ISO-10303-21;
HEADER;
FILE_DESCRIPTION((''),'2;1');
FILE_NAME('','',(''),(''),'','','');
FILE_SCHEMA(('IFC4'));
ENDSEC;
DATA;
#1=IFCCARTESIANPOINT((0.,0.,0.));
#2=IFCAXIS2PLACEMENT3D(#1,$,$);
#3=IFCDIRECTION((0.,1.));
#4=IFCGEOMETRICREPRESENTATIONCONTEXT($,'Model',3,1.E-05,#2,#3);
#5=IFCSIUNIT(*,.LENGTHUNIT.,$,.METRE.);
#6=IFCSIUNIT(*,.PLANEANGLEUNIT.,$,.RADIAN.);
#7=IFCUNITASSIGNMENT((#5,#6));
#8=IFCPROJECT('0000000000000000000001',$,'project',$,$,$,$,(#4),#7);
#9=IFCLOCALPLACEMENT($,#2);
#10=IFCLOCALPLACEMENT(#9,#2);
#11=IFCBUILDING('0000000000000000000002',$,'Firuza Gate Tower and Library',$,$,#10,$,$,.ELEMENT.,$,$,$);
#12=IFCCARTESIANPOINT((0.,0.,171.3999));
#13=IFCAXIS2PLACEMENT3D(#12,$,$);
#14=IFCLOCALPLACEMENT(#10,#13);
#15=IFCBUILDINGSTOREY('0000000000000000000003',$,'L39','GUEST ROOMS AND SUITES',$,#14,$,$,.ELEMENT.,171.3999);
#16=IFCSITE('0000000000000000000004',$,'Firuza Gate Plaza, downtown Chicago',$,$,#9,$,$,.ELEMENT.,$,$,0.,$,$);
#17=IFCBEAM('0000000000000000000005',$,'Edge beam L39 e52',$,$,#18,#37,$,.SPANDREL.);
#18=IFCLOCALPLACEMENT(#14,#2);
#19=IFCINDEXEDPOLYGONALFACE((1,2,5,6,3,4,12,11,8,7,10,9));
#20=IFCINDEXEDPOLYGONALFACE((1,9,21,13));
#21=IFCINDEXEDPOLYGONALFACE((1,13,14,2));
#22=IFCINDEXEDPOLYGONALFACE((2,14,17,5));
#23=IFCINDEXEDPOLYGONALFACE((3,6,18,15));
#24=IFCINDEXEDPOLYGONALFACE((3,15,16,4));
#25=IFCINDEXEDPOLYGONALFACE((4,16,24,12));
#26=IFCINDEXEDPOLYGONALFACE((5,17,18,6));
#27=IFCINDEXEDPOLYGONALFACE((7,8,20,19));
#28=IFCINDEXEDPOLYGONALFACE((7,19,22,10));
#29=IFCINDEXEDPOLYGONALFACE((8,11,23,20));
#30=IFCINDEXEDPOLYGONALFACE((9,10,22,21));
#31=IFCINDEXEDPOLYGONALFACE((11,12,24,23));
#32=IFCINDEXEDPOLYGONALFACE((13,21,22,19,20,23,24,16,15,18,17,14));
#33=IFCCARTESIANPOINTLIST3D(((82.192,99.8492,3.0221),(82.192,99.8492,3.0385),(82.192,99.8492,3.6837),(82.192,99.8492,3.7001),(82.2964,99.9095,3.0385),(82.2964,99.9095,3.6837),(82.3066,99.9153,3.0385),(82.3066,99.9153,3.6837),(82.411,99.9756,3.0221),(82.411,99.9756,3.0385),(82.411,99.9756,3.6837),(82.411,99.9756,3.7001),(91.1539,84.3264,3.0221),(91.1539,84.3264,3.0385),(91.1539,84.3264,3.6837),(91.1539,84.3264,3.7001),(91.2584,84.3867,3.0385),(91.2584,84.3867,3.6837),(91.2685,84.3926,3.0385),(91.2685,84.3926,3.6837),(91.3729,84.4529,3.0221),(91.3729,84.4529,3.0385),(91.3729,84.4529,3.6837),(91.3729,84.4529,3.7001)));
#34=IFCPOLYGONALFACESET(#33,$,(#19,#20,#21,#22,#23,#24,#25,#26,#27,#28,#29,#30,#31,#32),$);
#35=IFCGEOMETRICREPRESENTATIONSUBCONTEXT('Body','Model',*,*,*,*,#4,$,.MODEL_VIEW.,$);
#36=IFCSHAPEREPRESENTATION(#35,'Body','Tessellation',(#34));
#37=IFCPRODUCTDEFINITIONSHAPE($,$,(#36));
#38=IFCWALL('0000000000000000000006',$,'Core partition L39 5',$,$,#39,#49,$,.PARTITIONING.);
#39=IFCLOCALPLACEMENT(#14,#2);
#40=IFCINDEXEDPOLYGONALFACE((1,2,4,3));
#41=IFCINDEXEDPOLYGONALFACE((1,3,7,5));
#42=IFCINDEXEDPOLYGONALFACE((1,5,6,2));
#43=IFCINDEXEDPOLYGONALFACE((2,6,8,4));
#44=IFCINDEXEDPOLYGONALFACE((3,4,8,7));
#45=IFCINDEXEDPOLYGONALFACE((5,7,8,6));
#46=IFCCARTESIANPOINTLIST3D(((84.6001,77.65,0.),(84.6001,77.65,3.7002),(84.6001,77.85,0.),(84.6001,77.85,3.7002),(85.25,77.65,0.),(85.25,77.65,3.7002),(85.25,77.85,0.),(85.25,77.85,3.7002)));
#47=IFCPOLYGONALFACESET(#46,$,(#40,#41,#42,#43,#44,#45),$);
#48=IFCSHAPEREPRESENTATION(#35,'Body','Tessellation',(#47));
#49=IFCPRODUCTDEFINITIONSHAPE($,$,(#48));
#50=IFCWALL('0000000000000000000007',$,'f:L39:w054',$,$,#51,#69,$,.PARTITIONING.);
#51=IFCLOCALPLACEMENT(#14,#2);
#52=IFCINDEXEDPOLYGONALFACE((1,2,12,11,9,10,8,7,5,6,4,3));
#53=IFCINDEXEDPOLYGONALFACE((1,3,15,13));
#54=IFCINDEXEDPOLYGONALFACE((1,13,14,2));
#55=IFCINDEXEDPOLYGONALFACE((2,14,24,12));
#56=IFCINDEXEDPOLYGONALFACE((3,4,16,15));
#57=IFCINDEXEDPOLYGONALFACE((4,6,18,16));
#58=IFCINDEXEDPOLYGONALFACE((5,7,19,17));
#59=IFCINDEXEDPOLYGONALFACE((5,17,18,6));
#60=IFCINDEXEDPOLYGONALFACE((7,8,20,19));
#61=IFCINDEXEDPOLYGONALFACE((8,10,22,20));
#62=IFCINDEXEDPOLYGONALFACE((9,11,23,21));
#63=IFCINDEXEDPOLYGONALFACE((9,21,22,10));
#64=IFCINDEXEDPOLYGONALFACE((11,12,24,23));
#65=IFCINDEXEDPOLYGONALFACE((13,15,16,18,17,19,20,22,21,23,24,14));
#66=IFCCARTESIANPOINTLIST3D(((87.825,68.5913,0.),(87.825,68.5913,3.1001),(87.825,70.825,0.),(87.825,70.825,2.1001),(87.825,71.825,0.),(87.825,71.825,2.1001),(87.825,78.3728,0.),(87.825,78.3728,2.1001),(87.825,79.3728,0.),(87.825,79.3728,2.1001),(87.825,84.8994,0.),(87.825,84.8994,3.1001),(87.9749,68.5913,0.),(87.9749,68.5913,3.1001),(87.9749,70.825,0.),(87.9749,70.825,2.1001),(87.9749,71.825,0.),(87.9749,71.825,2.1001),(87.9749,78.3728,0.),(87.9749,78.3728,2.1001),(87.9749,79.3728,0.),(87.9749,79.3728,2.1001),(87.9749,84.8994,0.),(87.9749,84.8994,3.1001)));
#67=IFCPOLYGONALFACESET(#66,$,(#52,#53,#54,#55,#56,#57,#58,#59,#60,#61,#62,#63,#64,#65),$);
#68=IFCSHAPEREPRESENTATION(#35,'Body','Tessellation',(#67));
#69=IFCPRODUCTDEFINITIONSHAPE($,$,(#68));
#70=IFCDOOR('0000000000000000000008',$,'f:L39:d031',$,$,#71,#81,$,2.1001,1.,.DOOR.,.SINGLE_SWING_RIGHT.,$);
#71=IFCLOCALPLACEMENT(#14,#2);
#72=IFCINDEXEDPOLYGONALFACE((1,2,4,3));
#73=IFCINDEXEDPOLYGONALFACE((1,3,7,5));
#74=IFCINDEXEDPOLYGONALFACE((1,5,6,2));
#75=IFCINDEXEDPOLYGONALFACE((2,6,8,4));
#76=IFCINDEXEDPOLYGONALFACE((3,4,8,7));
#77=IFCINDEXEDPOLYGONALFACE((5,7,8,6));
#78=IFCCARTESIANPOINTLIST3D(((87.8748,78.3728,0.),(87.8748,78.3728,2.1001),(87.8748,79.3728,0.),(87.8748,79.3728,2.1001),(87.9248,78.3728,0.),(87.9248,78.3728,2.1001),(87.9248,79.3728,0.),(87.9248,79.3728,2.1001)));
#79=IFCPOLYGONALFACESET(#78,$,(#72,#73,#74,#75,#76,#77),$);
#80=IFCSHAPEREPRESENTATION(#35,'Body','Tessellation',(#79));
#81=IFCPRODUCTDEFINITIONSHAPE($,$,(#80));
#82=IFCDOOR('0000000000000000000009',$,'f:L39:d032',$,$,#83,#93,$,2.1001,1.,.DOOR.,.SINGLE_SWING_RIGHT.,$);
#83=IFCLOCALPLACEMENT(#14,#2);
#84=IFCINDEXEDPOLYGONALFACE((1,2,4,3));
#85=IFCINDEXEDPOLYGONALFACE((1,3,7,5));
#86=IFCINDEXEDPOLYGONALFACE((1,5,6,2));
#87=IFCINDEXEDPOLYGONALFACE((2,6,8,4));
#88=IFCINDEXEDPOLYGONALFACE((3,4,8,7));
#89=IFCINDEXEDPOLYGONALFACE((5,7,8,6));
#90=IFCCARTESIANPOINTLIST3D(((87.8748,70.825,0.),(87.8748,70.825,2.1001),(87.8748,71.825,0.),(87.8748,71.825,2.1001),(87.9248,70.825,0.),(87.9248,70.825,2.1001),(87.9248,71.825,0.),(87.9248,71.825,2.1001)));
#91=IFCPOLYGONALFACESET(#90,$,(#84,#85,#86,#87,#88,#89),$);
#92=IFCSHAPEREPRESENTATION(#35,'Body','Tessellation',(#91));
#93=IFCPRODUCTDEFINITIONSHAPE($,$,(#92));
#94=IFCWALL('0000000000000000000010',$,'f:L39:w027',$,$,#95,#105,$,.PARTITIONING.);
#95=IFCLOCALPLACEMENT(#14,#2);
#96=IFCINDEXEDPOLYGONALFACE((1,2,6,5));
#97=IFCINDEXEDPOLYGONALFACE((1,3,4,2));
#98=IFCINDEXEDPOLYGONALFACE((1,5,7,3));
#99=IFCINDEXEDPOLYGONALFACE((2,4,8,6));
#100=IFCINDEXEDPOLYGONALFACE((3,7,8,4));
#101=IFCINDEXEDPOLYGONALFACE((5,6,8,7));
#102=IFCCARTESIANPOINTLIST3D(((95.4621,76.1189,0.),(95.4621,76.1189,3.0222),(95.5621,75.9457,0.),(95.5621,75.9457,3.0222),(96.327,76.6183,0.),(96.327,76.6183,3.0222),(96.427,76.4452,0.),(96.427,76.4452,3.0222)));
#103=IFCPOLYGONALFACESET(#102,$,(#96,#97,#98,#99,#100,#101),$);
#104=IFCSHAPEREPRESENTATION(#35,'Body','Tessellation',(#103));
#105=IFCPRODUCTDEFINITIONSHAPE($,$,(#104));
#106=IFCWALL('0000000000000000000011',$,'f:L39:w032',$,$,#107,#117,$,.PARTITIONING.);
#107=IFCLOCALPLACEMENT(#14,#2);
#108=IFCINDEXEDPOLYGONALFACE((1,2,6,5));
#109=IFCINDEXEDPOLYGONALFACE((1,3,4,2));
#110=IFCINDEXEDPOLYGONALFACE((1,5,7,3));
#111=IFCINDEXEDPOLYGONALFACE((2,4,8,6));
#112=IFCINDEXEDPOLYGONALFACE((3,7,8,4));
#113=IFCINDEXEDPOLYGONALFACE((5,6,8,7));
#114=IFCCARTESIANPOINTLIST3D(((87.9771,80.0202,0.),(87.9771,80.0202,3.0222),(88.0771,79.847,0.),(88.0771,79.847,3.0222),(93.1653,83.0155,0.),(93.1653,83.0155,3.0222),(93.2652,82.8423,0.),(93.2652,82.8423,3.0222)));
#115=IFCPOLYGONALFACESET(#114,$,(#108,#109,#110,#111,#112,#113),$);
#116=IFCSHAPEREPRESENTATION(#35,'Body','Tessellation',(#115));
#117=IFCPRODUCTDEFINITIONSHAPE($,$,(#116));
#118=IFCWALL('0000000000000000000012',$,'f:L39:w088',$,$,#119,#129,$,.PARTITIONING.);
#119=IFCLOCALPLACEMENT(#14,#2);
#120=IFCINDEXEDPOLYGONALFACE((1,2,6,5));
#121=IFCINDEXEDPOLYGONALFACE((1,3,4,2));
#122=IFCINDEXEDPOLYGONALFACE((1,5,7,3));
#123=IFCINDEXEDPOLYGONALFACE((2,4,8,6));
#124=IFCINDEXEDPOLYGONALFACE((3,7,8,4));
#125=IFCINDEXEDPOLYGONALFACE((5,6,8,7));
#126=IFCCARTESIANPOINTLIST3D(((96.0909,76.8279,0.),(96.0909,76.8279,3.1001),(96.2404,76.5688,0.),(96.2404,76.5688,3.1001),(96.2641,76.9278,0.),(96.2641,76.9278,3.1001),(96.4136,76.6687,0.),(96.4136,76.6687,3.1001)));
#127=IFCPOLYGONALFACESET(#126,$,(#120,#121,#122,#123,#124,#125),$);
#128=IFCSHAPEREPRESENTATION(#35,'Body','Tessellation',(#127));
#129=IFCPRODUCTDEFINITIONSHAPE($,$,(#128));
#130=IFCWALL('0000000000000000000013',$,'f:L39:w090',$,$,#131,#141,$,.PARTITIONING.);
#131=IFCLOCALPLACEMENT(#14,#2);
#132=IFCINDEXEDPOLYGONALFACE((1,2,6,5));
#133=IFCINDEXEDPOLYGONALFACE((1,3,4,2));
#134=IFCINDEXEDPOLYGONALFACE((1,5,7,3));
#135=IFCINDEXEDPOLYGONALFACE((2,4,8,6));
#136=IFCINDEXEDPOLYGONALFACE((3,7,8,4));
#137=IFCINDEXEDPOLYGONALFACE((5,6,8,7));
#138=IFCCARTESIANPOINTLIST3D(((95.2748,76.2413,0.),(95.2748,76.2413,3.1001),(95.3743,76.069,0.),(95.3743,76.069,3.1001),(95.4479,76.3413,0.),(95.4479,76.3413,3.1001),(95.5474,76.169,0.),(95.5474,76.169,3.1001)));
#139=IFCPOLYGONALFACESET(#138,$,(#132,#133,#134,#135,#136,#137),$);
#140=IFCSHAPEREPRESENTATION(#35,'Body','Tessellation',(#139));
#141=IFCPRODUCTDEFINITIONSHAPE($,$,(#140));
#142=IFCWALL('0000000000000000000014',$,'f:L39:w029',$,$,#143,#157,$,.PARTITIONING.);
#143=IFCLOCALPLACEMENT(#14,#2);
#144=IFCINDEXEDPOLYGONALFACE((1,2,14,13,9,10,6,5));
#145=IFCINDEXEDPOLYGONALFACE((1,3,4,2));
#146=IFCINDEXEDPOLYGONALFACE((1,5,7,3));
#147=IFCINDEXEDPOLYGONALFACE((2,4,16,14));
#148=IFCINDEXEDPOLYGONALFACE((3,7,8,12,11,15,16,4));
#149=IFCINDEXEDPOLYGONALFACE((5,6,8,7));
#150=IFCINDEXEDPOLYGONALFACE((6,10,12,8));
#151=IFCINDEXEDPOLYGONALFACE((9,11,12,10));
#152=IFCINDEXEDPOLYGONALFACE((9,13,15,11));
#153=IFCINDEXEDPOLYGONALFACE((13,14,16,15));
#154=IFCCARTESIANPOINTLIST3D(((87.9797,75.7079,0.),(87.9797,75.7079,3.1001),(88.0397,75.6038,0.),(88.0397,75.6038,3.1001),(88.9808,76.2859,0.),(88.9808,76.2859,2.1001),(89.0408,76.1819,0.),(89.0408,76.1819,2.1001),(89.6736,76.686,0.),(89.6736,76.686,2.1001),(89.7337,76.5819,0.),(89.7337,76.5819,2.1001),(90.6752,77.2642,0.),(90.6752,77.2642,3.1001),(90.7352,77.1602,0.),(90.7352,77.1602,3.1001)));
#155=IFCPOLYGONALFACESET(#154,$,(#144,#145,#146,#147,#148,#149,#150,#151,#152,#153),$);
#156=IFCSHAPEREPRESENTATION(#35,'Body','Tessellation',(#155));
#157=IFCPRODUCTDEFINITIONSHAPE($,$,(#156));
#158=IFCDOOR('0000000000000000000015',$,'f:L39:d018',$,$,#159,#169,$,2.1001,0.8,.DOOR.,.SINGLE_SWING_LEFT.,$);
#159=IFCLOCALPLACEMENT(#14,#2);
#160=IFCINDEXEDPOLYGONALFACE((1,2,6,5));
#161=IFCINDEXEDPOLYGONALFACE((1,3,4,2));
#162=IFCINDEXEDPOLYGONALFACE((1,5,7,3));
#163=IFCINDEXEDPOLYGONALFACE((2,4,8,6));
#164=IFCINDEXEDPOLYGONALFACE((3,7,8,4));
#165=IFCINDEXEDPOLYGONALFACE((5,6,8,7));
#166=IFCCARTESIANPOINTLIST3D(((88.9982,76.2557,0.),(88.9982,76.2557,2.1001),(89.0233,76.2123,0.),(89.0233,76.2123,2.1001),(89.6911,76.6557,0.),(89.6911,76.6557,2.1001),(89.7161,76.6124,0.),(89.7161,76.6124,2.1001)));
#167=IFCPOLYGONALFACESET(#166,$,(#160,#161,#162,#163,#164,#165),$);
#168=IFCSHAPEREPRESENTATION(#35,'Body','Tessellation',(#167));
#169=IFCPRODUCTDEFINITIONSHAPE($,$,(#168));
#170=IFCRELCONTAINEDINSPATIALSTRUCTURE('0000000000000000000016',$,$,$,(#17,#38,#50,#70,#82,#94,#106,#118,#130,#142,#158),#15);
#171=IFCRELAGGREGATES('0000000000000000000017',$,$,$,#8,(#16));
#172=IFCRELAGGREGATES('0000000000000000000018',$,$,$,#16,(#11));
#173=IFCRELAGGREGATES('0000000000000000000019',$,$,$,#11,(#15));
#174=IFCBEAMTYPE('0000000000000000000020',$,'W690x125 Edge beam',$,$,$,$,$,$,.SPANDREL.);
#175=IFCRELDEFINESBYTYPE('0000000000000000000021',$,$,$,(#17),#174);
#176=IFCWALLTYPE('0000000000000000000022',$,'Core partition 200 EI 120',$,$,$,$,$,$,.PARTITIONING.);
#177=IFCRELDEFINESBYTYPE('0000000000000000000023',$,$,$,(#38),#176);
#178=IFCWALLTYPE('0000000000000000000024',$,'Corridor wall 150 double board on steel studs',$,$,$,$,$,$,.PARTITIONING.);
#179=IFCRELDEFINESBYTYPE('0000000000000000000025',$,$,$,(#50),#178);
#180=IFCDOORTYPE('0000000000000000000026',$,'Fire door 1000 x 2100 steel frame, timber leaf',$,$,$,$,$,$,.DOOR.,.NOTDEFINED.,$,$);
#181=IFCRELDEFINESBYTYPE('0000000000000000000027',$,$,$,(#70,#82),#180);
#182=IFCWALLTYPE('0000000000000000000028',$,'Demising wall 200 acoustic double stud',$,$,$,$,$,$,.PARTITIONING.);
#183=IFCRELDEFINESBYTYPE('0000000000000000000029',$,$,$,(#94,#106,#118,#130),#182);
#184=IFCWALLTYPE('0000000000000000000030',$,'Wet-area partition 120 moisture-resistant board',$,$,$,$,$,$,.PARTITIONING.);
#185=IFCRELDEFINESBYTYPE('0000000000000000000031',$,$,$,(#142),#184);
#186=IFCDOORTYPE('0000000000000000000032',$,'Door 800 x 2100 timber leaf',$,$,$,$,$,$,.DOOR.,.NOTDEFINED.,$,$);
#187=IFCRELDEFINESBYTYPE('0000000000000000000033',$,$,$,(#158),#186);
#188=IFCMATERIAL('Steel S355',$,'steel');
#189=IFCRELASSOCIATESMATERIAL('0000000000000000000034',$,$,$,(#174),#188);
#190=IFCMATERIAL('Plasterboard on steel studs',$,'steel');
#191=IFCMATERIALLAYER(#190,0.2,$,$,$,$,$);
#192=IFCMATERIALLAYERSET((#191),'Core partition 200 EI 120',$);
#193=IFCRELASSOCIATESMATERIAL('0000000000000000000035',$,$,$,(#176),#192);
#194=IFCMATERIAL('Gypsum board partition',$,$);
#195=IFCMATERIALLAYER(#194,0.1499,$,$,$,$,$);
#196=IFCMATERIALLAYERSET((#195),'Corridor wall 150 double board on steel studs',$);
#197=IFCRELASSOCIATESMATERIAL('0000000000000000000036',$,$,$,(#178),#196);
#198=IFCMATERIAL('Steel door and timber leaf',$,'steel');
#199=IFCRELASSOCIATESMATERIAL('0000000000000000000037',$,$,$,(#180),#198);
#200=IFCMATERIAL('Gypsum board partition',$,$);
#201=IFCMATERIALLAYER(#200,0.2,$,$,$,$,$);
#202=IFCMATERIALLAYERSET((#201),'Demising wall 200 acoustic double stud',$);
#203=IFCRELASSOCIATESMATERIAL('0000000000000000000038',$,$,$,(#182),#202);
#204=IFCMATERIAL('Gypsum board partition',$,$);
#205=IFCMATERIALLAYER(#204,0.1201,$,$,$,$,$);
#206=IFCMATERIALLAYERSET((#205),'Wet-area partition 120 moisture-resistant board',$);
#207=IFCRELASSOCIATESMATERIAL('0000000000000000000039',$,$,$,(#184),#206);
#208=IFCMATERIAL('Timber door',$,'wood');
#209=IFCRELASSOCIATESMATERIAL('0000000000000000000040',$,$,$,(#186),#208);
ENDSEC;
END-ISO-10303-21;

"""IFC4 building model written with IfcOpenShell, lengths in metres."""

from ifc_helpers import new_model, si_unit, direction, frame, frame_2d, origin, origin_2d, place, context, subcontext, project, spatial, rectangle, i_section, extrude, material, layer, layer_set, material_profile, profile_set, type_object, element, fill, save


model = new_model("IFC4")

# Units and contexts
model_context = context("Model", 3, precision=1e-05, world=origin(), true_north=direction((0.0, 1.0)))
body_context = subcontext(model_context, "Body", "Model", "MODEL_VIEW")
ifc_project = project(units=[si_unit("LENGTHUNIT", "METRE"), si_unit("PLANEANGLEUNIT", "RADIAN")], contexts=[model_context])

# Site, building, storey
site_placement = place(None, origin())
site = spatial("IfcSite", under=ifc_project, at=site_placement, Name="Firuza Gate Plaza, downtown Chicago", CompositionType="ELEMENT", RefElevation=0.0)
building_placement = place(site_placement, origin())
building = spatial("IfcBuilding", under=site, at=building_placement, Name="Firuza Gate Tower and Library", CompositionType="ELEMENT")
storey_placement = place(building_placement, frame((0.0, 0.0, 171.3999)))
storey = spatial("IfcBuildingStorey", under=building, at=storey_placement, Name="L39", Description="GUEST ROOMS AND SUITES", CompositionType="ELEMENT", Elevation=171.3999)

# Beam
ifc_material_1 = material(Name="Steel S355", Category="steel")
ifc_material_profile_1 = material_profile(ifc_material_1, i_section(OverallWidth=0.2529, OverallDepth=0.678, WebThickness=0.0117, FlangeThickness=0.0164, at=origin_2d()))
ifc_profile_set_1 = profile_set([ifc_material_profile_1], Name="Steel S355")
beam_type_1 = type_object("IfcBeamType", Name="W690x125 Edge beam", PredefinedType="SPANDREL", material=ifc_profile_set_1)
beam_1_placement = place(storey_placement, frame((91.2634, 84.3896, 3.3611), z_axis=(-0.499995, 0.866028, 0.0), x_axis=(-0.866028, -0.499995, 0.0)))
element("IfcBeam", 1, at=beam_1_placement, inside=storey, type_object=beam_type_1, Name="Edge beam L39 e52", PredefinedType="SPANDREL", context=body_context, shape_type="SweptSolid", body=[
    extrude(i_section(OverallWidth=0.2529, OverallDepth=0.678, WebThickness=0.0117, FlangeThickness=0.0164, at=origin_2d()), origin(), (0.0, 0.0, 1.0), 17.9241),
])

# Wall
ifc_material_2 = material(Name="Plasterboard on steel studs", Category="steel")
ifc_layer_1 = layer(ifc_material_2, 0.2)
ifc_layer_set_1 = layer_set([ifc_layer_1], Name="Core partition 200 EI 120")
wall_type_1 = type_object("IfcWallType", Name="Core partition 200 EI 120", PredefinedType="PARTITIONING", material=ifc_layer_set_1)
wall_1_placement = place(storey_placement, frame((84.6001, 77.75, 0.0), z_axis=(0.0, 0.0, 1.0), x_axis=(1.0, 0.0, 0.0)))
element("IfcWall", 2, at=wall_1_placement, inside=storey, type_object=wall_type_1, Name="Core partition L39 5", PredefinedType="PARTITIONING", context=body_context, shape_type="SweptSolid", body=[
    extrude(rectangle(XDim=0.6499, YDim=0.2, at=frame_2d((0.325, 0.0))), origin(), (0.0, 0.0, 1.0), 3.7002),
])

# Wall, openings, doors
ifc_material_3 = material(Name="Gypsum board partition")
ifc_layer_2 = layer(ifc_material_3, 0.1499)
ifc_layer_set_2 = layer_set([ifc_layer_2], Name="Corridor wall 150 double board on steel studs")
wall_type_2 = type_object("IfcWallType", Name="Corridor wall 150 double board on steel studs", PredefinedType="PARTITIONING", material=ifc_layer_set_2)
wall_2_placement = place(storey_placement, frame((87.8999, 84.8994, 0.0), z_axis=(0.0, 0.0, 1.0), x_axis=(0.0, -1.0, 0.0)))
wall_2 = element("IfcWall", 3, at=wall_2_placement, inside=storey, type_object=wall_type_2, Name="f:L39:w054", PredefinedType="PARTITIONING", context=body_context, shape_type="SweptSolid", body=[
    extrude(rectangle(XDim=16.3081, YDim=0.1499, at=frame_2d((8.1541, 0.0))), origin(), (0.0, 0.0, 1.0), 3.1001),
])
opening_1_placement = place(wall_2_placement, frame((5.5266, 0.0, 0.0)))
opening_1 = element("IfcOpeningElement", 4, at=opening_1_placement, cuts=wall_2, PredefinedType="OPENING", context=body_context, shape_type="SweptSolid", body=[
    extrude(rectangle(XDim=1.0, YDim=2.1001, at=frame_2d((0.5, 1.05))), frame((0.0, 0.085, 0.0), z_axis=(0.0, -1.0, 0.0), x_axis=(1.0, 0.0, 0.0)), (0.0, 0.0, 1.0), 0.1699),
])
opening_2_placement = place(wall_2_placement, frame((13.0745, 0.0, 0.0)))
opening_2 = element("IfcOpeningElement", 5, at=opening_2_placement, cuts=wall_2, PredefinedType="OPENING", context=body_context, shape_type="SweptSolid", body=[
    extrude(rectangle(XDim=1.0, YDim=2.1001, at=frame_2d((0.5, 1.05))), frame((0.0, 0.085, 0.0), z_axis=(0.0, -1.0, 0.0), x_axis=(1.0, 0.0, 0.0)), (0.0, 0.0, 1.0), 0.1699),
])
ifc_material_4 = material(Name="Steel door and timber leaf", Category="steel")
door_type_1 = type_object("IfcDoorType", Name="Fire door 1000 x 2100 steel frame, timber leaf", OperationType="NOTDEFINED", PredefinedType="DOOR", material=ifc_material_4)
door_1_placement = place(opening_1_placement, origin())
door_1 = element("IfcDoor", 6, at=door_1_placement, inside=storey, type_object=door_type_1, Name="f:L39:d031", OperationType="SINGLE_SWING_RIGHT", OverallHeight=2.1001, OverallWidth=1.0, PredefinedType="DOOR", context=body_context, shape_type="SweptSolid", body=[
    extrude(rectangle(XDim=1.0, YDim=2.1001, at=frame_2d((0.5, 1.05))), frame((0.0, 0.0249, 0.0), z_axis=(0.0, -1.0, 0.0), x_axis=(1.0, 0.0, 0.0)), (0.0, 0.0, 1.0), 0.05),
])
fill(opening_1, door_1)
door_2_placement = place(opening_2_placement, origin())
door_2 = element("IfcDoor", 7, at=door_2_placement, inside=storey, type_object=door_type_1, Name="f:L39:d032", OperationType="SINGLE_SWING_RIGHT", OverallHeight=2.1001, OverallWidth=1.0, PredefinedType="DOOR", context=body_context, shape_type="SweptSolid", body=[
    extrude(rectangle(XDim=1.0, YDim=2.1001, at=frame_2d((0.5, 1.05))), frame((0.0, 0.0249, 0.0), z_axis=(0.0, -1.0, 0.0), x_axis=(1.0, 0.0, 0.0)), (0.0, 0.0, 1.0), 0.05),
])
fill(opening_2, door_2)

# Walls
ifc_material_5 = material(Name="Gypsum board partition")
ifc_layer_3 = layer(ifc_material_5, 0.2)
ifc_layer_set_3 = layer_set([ifc_layer_3], Name="Demising wall 200 acoustic double stud")
wall_type_3 = type_object("IfcWallType", Name="Demising wall 200 acoustic double stud", PredefinedType="PARTITIONING", material=ifc_layer_set_3)
wall_3_placement = place(storey_placement, frame((95.512, 76.0322, 0.0), z_axis=(0.0, 0.0, 1.0), x_axis=(0.865978, 0.500082, 0.0)))
element("IfcWall", 8, at=wall_3_placement, inside=storey, type_object=wall_type_3, Name="f:L39:w027", PredefinedType="PARTITIONING", context=body_context, shape_type="SweptSolid", body=[
    extrude(rectangle(XDim=0.9988, YDim=0.2, at=frame_2d((0.4995, 0.0))), origin(), (0.0, 0.0, 1.0), 3.0222),
])
wall_4_placement = place(storey_placement, frame((88.0271, 79.9336, 0.0), z_axis=(0.0, 0.0, 1.0), x_axis=(0.86603, 0.499992, 0.0)))
element("IfcWall", 9, at=wall_4_placement, inside=storey, type_object=wall_type_3, Name="f:L39:w032", PredefinedType="PARTITIONING", context=body_context, shape_type="SweptSolid", body=[
    extrude(rectangle(XDim=5.9907, YDim=0.2, at=frame_2d((2.9954, 0.0))), origin(), (0.0, 0.0, 1.0), 3.0222),
])
wall_5_placement = place(storey_placement, frame((96.3269, 76.6189, 0.0), z_axis=(0.0, 0.0, 1.0), x_axis=(-0.499652, 0.866226, 0.0)))
element("IfcWall", 10, at=wall_5_placement, inside=storey, type_object=wall_type_3, Name="f:L39:w088", PredefinedType="PARTITIONING", context=body_context, shape_type="SweptSolid", body=[
    extrude(rectangle(XDim=0.2991, YDim=0.2, at=frame_2d((0.1494, 0.0))), origin(), (0.0, 0.0, 1.0), 3.1001),
])
wall_6_placement = place(storey_placement, frame((95.4609, 76.1189, 0.0), z_axis=(0.0, 0.0, 1.0), x_axis=(-0.500359, 0.865818, 0.0)))
element("IfcWall", 11, at=wall_6_placement, inside=storey, type_object=wall_type_3, Name="f:L39:w090", PredefinedType="PARTITIONING", context=body_context, shape_type="SweptSolid", body=[
    extrude(rectangle(XDim=0.199, YDim=0.2, at=frame_2d((0.0996, 0.0))), origin(), (0.0, 0.0, 1.0), 3.1001),
])

# Wall, opening, door
ifc_material_6 = material(Name="Gypsum board partition")
ifc_layer_4 = layer(ifc_material_6, 0.1201)
ifc_layer_set_4 = layer_set([ifc_layer_4], Name="Wet-area partition 120 moisture-resistant board")
wall_type_4 = type_object("IfcWallType", Name="Wet-area partition 120 moisture-resistant board", PredefinedType="PARTITIONING", material=ifc_layer_set_4)
wall_7_placement = place(storey_placement, frame((90.7051, 77.2122, 0.0), z_axis=(0.0, 0.0, 1.0), x_axis=(-0.866009, -0.500028, 0.0)))
wall_7 = element("IfcWall", 12, at=wall_7_placement, inside=storey, type_object=wall_type_4, Name="f:L39:w029", PredefinedType="PARTITIONING", context=body_context, shape_type="SweptSolid", body=[
    extrude(rectangle(XDim=3.1125, YDim=0.1201, at=frame_2d((1.5562, 0.0))), origin(), (0.0, 0.0, 1.0), 3.1001),
])
opening_3_placement = place(wall_7_placement, frame((1.1565, 0.0, 0.0)))
opening_3 = element("IfcOpeningElement", 13, at=opening_3_placement, cuts=wall_7, PredefinedType="OPENING", context=body_context, shape_type="SweptSolid", body=[
    extrude(rectangle(XDim=0.8, YDim=2.1001, at=frame_2d((0.3999, 1.05))), frame((0.0, 0.0701, 0.0), z_axis=(0.0, -1.0, 0.0), x_axis=(1.0, 0.0, 0.0)), (0.0, 0.0, 1.0), 0.1401),
])
ifc_material_7 = material(Name="Timber door", Category="wood")
door_type_2 = type_object("IfcDoorType", Name="Door 800 x 2100 timber leaf", OperationType="NOTDEFINED", PredefinedType="DOOR", material=ifc_material_7)
door_3_placement = place(opening_3_placement, origin())
door_3 = element("IfcDoor", 14, at=door_3_placement, inside=storey, type_object=door_type_2, Name="f:L39:d018", OperationType="SINGLE_SWING_LEFT", OverallHeight=2.1001, OverallWidth=0.8, PredefinedType="DOOR", context=body_context, shape_type="SweptSolid", body=[
    extrude(rectangle(XDim=0.8, YDim=2.1001, at=frame_2d((0.3999, 1.05))), frame((0.0, 0.0249, 0.0), z_axis=(0.0, -1.0, 0.0), x_axis=(1.0, 0.0, 0.0)), (0.0, 0.0, 1.0), 0.05),
])
fill(opening_3, door_3)

save(model, "model.ifc")
